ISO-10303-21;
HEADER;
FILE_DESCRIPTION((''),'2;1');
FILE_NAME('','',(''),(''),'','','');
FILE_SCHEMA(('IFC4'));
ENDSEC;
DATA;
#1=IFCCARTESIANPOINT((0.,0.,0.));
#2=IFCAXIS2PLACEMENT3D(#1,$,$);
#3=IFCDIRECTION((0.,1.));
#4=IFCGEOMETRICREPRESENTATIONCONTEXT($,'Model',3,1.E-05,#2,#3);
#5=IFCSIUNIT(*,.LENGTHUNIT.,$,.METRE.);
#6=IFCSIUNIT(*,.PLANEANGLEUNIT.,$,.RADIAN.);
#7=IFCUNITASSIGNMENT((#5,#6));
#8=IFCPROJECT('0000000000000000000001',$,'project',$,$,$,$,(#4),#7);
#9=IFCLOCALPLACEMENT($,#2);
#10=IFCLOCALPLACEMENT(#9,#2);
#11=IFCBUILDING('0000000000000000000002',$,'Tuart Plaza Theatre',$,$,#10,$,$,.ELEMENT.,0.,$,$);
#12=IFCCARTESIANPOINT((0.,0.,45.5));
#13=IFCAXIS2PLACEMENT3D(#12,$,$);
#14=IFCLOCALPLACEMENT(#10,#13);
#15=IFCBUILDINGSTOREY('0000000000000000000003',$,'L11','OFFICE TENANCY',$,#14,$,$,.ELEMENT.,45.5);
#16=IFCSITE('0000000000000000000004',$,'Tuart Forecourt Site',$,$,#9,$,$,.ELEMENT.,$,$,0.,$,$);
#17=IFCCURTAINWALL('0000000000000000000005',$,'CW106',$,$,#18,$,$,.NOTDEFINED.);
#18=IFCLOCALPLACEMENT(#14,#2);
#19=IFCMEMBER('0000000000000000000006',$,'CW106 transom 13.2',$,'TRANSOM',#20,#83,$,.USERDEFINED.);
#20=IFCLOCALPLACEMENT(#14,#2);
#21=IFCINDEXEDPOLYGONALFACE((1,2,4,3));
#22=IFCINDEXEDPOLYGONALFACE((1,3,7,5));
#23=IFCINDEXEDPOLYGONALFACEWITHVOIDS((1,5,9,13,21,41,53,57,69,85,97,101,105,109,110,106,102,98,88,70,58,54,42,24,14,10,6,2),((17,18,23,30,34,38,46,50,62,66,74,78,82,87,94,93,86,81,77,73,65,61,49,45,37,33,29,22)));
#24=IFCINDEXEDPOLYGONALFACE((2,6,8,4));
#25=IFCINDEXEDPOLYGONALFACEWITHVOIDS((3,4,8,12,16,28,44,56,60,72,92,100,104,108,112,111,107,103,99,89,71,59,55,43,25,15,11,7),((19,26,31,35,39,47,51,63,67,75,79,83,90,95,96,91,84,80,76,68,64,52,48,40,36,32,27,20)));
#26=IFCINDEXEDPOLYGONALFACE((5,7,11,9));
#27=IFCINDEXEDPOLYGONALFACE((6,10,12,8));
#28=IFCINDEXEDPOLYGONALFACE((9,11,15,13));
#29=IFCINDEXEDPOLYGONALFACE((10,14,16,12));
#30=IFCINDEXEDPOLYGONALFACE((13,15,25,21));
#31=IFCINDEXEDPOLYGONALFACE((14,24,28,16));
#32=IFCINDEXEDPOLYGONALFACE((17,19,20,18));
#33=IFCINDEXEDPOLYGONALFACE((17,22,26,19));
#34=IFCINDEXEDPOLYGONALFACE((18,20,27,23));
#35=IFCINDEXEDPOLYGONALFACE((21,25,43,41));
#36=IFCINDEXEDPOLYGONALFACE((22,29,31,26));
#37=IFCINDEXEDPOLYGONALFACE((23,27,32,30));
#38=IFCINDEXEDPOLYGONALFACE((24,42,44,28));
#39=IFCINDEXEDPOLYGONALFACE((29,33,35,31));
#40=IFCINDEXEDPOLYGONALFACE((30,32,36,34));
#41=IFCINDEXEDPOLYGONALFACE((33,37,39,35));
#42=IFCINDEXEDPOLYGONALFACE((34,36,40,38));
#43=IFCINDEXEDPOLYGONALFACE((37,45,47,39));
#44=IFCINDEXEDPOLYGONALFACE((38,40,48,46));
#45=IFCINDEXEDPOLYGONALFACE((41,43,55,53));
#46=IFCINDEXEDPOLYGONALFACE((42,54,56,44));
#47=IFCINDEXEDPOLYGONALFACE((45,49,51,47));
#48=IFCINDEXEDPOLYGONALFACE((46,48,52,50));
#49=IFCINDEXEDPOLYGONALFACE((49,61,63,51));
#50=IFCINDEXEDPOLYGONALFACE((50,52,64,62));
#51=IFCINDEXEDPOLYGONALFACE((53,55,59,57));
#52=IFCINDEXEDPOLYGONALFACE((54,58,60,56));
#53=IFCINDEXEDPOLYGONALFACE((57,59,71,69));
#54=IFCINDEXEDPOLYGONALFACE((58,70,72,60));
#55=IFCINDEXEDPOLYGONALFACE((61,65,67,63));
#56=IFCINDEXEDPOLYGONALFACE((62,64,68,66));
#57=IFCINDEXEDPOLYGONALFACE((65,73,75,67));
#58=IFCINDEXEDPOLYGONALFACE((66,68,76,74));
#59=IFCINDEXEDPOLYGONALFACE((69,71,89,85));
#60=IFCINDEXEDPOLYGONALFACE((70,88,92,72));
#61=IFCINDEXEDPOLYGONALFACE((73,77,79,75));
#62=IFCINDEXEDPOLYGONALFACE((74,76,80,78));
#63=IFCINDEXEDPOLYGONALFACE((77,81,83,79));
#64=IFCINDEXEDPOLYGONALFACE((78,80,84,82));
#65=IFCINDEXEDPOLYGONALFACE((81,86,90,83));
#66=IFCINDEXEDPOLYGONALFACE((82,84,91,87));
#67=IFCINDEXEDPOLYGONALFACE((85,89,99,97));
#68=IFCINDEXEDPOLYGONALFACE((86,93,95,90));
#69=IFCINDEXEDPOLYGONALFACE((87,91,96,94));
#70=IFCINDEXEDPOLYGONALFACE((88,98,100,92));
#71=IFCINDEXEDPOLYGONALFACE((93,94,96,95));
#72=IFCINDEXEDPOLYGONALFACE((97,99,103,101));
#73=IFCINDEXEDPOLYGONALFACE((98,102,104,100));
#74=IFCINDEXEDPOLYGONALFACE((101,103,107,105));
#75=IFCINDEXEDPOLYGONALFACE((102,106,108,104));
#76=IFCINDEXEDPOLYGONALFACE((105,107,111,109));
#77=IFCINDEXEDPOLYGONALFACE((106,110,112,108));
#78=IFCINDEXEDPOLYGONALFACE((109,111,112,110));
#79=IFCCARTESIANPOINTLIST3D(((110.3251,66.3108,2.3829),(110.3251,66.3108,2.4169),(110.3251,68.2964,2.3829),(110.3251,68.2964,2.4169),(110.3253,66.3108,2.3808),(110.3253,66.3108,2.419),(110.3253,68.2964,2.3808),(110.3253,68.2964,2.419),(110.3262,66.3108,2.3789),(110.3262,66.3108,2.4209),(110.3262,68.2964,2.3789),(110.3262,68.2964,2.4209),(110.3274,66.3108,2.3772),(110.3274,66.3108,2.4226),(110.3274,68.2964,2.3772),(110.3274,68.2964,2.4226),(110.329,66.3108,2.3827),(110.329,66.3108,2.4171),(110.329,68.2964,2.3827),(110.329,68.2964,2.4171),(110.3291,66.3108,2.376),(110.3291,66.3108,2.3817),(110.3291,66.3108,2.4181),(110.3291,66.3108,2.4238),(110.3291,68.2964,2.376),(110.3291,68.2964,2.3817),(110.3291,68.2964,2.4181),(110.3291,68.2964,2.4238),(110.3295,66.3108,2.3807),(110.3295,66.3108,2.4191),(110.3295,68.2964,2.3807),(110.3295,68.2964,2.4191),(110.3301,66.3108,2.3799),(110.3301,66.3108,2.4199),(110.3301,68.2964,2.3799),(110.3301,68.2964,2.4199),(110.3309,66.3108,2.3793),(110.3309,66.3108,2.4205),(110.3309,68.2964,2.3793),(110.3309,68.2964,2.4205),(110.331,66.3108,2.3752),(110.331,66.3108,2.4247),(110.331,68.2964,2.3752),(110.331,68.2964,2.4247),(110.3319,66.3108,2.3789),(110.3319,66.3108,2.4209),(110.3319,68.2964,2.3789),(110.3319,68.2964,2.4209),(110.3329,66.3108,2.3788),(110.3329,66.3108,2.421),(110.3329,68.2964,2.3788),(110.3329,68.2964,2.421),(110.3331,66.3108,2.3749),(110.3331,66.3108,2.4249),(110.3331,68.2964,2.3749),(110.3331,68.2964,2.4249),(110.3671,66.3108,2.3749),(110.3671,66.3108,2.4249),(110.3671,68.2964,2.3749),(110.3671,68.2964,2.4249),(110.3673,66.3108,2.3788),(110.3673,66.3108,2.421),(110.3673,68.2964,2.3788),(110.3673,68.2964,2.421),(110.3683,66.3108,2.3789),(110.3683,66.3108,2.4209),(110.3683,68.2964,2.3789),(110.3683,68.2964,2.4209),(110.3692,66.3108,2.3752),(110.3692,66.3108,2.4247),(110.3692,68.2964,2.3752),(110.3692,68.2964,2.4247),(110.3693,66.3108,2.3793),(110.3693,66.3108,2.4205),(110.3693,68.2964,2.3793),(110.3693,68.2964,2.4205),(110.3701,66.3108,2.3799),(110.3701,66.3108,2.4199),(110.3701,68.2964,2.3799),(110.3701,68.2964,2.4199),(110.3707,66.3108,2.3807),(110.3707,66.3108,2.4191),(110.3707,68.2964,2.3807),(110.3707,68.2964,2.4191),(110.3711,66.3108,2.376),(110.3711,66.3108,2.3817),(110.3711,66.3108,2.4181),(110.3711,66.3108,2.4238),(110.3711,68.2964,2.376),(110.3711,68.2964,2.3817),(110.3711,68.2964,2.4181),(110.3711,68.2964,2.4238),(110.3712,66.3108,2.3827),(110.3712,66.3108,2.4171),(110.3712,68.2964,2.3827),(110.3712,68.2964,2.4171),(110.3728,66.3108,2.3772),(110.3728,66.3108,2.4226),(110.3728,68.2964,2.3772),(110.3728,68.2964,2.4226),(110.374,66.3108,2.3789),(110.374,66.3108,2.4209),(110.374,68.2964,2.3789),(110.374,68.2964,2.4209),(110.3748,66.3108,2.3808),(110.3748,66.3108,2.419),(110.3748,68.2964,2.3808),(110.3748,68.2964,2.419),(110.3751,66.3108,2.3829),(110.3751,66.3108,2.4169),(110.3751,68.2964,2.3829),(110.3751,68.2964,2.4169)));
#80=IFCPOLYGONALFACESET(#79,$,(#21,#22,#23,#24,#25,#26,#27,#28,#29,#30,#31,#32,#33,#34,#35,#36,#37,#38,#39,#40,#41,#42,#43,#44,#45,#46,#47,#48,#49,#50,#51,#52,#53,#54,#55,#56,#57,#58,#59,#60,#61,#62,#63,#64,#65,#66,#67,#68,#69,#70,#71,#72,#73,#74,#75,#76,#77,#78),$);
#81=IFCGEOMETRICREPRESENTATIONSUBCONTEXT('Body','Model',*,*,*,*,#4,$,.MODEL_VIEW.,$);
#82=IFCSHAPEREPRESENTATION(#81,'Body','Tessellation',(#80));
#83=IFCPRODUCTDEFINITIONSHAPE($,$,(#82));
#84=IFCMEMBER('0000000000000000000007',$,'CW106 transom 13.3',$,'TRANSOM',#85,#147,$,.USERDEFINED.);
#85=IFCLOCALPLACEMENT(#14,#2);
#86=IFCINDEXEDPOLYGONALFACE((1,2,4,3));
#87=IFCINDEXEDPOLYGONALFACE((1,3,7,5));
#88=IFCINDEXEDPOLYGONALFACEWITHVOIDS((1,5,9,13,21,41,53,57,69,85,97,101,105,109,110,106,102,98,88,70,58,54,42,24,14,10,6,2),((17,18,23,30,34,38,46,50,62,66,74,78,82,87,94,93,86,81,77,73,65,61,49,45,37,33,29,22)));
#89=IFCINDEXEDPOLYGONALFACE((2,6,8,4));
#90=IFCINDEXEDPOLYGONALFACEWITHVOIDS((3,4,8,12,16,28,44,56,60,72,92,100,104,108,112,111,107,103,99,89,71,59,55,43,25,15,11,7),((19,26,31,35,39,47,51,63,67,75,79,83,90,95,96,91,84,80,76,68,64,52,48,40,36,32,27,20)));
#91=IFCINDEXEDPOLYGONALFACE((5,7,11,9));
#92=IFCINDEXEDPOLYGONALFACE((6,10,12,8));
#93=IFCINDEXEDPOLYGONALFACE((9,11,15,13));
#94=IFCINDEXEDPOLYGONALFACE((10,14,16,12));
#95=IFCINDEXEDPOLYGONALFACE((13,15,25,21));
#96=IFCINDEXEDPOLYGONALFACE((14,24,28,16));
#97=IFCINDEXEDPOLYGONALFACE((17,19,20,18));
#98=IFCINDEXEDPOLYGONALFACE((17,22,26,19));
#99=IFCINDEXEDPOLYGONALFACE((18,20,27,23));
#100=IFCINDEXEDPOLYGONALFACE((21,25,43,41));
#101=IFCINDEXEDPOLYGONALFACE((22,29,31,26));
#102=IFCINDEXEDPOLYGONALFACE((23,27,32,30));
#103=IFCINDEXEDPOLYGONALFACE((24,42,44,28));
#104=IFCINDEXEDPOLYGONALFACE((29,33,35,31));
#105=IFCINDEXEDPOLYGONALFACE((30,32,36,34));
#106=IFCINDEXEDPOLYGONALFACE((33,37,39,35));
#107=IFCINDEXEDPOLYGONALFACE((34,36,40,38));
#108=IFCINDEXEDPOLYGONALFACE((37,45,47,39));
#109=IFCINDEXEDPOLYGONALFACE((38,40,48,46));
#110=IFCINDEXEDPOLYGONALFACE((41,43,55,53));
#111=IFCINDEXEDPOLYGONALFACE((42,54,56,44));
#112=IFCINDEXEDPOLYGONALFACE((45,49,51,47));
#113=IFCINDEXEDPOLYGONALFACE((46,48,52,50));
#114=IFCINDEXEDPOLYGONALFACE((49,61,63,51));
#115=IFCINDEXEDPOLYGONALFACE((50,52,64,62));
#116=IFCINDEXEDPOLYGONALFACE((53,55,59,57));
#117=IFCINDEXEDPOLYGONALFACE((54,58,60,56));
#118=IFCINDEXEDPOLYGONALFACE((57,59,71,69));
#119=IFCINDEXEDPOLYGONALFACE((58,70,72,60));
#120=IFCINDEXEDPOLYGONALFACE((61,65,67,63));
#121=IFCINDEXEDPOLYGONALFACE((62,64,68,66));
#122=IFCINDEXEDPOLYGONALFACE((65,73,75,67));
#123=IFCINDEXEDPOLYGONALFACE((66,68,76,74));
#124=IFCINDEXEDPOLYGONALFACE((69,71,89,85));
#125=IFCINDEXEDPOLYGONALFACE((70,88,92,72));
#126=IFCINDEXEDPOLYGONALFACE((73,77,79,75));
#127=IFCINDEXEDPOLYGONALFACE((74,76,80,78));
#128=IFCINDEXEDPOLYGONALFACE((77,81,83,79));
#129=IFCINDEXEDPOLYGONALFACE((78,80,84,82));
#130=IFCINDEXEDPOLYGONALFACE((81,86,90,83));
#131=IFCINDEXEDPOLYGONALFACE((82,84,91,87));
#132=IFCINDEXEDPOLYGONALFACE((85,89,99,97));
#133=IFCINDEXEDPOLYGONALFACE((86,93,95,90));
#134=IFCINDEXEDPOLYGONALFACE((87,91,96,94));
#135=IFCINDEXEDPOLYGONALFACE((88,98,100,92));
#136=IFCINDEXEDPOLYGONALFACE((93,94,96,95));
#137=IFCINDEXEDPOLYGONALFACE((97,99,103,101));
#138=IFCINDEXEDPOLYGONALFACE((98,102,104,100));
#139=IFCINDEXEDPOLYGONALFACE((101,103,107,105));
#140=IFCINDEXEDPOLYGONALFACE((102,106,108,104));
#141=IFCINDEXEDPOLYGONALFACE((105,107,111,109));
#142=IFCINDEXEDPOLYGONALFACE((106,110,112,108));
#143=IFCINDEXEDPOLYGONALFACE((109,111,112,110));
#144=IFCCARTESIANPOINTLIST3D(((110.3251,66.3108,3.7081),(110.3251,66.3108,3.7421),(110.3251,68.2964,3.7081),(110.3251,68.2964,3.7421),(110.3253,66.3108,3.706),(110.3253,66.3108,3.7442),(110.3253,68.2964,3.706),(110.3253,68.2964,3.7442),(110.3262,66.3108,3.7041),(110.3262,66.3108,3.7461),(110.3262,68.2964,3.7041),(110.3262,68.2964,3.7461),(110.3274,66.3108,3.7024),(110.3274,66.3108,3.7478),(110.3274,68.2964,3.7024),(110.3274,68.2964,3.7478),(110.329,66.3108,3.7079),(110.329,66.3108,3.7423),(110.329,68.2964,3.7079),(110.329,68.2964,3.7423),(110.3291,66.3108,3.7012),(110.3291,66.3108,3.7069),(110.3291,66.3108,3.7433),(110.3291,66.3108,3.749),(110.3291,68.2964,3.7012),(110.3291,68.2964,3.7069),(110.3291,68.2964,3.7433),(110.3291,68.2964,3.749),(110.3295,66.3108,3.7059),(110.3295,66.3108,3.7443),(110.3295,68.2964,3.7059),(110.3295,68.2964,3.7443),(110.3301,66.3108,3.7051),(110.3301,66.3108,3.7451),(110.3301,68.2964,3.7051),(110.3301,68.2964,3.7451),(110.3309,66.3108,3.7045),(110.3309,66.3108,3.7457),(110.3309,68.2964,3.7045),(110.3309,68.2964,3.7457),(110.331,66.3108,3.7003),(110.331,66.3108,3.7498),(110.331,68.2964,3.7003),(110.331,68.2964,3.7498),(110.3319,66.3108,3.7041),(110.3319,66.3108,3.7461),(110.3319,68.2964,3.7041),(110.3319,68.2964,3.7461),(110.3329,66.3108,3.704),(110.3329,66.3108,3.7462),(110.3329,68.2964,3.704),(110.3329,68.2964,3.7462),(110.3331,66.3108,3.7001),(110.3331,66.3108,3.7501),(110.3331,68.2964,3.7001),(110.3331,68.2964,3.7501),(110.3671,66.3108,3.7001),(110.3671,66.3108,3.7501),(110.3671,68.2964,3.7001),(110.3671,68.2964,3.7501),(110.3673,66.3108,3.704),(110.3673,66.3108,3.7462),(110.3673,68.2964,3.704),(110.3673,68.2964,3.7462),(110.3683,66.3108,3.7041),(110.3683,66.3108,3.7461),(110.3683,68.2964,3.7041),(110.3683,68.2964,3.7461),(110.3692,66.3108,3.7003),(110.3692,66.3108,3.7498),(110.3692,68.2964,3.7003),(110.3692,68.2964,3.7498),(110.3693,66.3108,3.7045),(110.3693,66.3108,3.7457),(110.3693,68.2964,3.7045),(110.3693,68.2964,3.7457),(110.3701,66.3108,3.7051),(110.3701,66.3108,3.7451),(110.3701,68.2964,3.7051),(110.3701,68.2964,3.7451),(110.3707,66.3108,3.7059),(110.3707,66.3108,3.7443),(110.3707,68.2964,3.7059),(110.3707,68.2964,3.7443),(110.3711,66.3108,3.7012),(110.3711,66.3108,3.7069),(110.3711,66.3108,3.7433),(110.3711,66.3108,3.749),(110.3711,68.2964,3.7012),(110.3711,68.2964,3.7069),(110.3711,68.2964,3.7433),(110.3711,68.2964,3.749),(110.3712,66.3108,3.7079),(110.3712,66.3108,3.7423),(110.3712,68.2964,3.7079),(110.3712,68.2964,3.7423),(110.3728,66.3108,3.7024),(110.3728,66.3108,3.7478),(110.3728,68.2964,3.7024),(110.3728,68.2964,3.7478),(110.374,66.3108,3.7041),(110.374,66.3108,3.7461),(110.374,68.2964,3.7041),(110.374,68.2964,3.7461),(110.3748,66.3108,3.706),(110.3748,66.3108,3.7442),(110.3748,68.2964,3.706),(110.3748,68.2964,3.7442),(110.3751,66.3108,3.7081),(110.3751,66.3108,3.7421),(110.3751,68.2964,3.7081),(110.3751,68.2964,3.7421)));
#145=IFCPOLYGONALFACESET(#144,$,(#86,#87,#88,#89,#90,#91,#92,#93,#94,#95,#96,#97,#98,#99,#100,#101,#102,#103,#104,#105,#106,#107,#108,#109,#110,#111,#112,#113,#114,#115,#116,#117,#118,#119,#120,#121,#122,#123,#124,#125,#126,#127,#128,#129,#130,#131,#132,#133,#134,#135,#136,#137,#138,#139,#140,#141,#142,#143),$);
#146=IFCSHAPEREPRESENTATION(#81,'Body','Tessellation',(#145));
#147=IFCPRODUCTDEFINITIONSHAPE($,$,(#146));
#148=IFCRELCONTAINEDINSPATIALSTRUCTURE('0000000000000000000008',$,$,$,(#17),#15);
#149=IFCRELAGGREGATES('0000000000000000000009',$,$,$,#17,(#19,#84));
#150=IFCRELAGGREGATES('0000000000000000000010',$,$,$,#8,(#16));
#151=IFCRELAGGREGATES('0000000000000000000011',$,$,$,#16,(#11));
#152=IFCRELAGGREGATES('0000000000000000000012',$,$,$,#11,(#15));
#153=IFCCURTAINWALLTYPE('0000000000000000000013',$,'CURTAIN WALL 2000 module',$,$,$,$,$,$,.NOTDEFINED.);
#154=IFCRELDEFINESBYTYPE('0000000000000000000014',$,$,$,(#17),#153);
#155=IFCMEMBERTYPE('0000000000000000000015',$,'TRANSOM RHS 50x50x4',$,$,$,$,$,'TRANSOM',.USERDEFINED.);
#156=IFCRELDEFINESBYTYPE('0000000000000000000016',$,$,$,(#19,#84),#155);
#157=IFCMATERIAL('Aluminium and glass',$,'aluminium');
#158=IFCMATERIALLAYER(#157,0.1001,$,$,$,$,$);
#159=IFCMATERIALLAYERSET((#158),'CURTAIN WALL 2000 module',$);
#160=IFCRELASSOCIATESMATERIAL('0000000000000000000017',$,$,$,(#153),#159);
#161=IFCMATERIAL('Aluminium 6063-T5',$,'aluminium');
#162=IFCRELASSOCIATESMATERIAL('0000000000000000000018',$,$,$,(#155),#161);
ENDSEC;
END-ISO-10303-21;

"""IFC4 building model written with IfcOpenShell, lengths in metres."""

from ifc_helpers import new_model, si_unit, direction, frame, origin, origin_2d, place, context, subcontext, project, spatial, hollow_rectangle, extrude, material, layer, layer_set, material_profile, profile_set, type_object, element, aggregate, save


model = new_model("IFC4")

# Units and contexts
model_context = context("Model", 3, precision=1e-05, world=origin(), true_north=direction((0.0, 1.0)))
body_context = subcontext(model_context, "Body", "Model", "MODEL_VIEW")
ifc_project = project(units=[si_unit("LENGTHUNIT", "METRE"), si_unit("PLANEANGLEUNIT", "RADIAN")], contexts=[model_context])

# Site, building, storey
site_placement = place(None, origin())
site = spatial("IfcSite", under=ifc_project, at=site_placement, Name="Tuart Forecourt Site", CompositionType="ELEMENT", RefElevation=0.0)
building_placement = place(site_placement, origin())
building = spatial("IfcBuilding", under=site, at=building_placement, Name="Tuart Plaza Theatre", CompositionType="ELEMENT", ElevationOfRefHeight=0.0)
storey_placement = place(building_placement, frame((0.0, 0.0, 45.5)))
storey = spatial("IfcBuildingStorey", under=building, at=storey_placement, Name="L11", Description="OFFICE TENANCY", CompositionType="ELEMENT", Elevation=45.5)

# Curtain wall, members
ifc_material_1 = material(Name="Aluminium and glass", Category="aluminium")
ifc_layer_1 = layer(ifc_material_1, 0.1001)
ifc_layer_set_1 = layer_set([ifc_layer_1], Name="CURTAIN WALL 2000 module")
curtain_wall_type = type_object("IfcCurtainWallType", Name="CURTAIN WALL 2000 module", PredefinedType="NOTDEFINED", material=ifc_layer_set_1)
curtain_wall_1_placement = place(storey_placement, origin())
curtain_wall_1 = element("IfcCurtainWall", 1, at=curtain_wall_1_placement, inside=storey, type_object=curtain_wall_type, Name="CW106", PredefinedType="NOTDEFINED")
ifc_material_2 = material(Name="Aluminium 6063-T5", Category="aluminium")
ifc_material_profile_1 = material_profile(ifc_material_2, hollow_rectangle(XDim=0.05, YDim=0.05, WallThickness=0.0039, InnerFilletRadius=0.0039, OuterFilletRadius=0.0081, at=origin_2d()), Name="RHS 50x50x4")
ifc_profile_set_1 = profile_set([ifc_material_profile_1], Name="Aluminium 6063-T5")
member_type_1 = type_object("IfcMemberType", Name="TRANSOM RHS 50x50x4", ElementType="TRANSOM", PredefinedType="USERDEFINED", material=ifc_profile_set_1)
member_1_placement = place(storey_placement, frame((110.3501, 68.2964, 2.3999), z_axis=(0.0, -1.0, 0.0), x_axis=(1.0, 0.0, 0.0)))
member_1 = element("IfcMember", 2, at=member_1_placement, type_object=member_type_1, Name="CW106 transom 13.2", ObjectType="TRANSOM", PredefinedType="USERDEFINED", context=body_context, shape_type="SweptSolid", body=[
    extrude(hollow_rectangle(XDim=0.05, YDim=0.05, WallThickness=0.0039, InnerFilletRadius=0.0039, OuterFilletRadius=0.0081, at=origin_2d()), origin(), (0.0, 0.0, 1.0), 1.9856),
])
member_2_placement = place(storey_placement, frame((110.3501, 68.2964, 3.7251), z_axis=(0.0, -1.0, 0.0), x_axis=(1.0, 0.0, 0.0)))
member_2 = element("IfcMember", 3, at=member_2_placement, type_object=member_type_1, Name="CW106 transom 13.3", ObjectType="TRANSOM", PredefinedType="USERDEFINED", context=body_context, shape_type="SweptSolid", body=[
    extrude(hollow_rectangle(XDim=0.05, YDim=0.05, WallThickness=0.0039, InnerFilletRadius=0.0039, OuterFilletRadius=0.0081, at=origin_2d()), origin(), (0.0, 0.0, 1.0), 1.9856),
])

aggregate(curtain_wall_1, [member_1, member_2])

save(model, "model.ifc")
